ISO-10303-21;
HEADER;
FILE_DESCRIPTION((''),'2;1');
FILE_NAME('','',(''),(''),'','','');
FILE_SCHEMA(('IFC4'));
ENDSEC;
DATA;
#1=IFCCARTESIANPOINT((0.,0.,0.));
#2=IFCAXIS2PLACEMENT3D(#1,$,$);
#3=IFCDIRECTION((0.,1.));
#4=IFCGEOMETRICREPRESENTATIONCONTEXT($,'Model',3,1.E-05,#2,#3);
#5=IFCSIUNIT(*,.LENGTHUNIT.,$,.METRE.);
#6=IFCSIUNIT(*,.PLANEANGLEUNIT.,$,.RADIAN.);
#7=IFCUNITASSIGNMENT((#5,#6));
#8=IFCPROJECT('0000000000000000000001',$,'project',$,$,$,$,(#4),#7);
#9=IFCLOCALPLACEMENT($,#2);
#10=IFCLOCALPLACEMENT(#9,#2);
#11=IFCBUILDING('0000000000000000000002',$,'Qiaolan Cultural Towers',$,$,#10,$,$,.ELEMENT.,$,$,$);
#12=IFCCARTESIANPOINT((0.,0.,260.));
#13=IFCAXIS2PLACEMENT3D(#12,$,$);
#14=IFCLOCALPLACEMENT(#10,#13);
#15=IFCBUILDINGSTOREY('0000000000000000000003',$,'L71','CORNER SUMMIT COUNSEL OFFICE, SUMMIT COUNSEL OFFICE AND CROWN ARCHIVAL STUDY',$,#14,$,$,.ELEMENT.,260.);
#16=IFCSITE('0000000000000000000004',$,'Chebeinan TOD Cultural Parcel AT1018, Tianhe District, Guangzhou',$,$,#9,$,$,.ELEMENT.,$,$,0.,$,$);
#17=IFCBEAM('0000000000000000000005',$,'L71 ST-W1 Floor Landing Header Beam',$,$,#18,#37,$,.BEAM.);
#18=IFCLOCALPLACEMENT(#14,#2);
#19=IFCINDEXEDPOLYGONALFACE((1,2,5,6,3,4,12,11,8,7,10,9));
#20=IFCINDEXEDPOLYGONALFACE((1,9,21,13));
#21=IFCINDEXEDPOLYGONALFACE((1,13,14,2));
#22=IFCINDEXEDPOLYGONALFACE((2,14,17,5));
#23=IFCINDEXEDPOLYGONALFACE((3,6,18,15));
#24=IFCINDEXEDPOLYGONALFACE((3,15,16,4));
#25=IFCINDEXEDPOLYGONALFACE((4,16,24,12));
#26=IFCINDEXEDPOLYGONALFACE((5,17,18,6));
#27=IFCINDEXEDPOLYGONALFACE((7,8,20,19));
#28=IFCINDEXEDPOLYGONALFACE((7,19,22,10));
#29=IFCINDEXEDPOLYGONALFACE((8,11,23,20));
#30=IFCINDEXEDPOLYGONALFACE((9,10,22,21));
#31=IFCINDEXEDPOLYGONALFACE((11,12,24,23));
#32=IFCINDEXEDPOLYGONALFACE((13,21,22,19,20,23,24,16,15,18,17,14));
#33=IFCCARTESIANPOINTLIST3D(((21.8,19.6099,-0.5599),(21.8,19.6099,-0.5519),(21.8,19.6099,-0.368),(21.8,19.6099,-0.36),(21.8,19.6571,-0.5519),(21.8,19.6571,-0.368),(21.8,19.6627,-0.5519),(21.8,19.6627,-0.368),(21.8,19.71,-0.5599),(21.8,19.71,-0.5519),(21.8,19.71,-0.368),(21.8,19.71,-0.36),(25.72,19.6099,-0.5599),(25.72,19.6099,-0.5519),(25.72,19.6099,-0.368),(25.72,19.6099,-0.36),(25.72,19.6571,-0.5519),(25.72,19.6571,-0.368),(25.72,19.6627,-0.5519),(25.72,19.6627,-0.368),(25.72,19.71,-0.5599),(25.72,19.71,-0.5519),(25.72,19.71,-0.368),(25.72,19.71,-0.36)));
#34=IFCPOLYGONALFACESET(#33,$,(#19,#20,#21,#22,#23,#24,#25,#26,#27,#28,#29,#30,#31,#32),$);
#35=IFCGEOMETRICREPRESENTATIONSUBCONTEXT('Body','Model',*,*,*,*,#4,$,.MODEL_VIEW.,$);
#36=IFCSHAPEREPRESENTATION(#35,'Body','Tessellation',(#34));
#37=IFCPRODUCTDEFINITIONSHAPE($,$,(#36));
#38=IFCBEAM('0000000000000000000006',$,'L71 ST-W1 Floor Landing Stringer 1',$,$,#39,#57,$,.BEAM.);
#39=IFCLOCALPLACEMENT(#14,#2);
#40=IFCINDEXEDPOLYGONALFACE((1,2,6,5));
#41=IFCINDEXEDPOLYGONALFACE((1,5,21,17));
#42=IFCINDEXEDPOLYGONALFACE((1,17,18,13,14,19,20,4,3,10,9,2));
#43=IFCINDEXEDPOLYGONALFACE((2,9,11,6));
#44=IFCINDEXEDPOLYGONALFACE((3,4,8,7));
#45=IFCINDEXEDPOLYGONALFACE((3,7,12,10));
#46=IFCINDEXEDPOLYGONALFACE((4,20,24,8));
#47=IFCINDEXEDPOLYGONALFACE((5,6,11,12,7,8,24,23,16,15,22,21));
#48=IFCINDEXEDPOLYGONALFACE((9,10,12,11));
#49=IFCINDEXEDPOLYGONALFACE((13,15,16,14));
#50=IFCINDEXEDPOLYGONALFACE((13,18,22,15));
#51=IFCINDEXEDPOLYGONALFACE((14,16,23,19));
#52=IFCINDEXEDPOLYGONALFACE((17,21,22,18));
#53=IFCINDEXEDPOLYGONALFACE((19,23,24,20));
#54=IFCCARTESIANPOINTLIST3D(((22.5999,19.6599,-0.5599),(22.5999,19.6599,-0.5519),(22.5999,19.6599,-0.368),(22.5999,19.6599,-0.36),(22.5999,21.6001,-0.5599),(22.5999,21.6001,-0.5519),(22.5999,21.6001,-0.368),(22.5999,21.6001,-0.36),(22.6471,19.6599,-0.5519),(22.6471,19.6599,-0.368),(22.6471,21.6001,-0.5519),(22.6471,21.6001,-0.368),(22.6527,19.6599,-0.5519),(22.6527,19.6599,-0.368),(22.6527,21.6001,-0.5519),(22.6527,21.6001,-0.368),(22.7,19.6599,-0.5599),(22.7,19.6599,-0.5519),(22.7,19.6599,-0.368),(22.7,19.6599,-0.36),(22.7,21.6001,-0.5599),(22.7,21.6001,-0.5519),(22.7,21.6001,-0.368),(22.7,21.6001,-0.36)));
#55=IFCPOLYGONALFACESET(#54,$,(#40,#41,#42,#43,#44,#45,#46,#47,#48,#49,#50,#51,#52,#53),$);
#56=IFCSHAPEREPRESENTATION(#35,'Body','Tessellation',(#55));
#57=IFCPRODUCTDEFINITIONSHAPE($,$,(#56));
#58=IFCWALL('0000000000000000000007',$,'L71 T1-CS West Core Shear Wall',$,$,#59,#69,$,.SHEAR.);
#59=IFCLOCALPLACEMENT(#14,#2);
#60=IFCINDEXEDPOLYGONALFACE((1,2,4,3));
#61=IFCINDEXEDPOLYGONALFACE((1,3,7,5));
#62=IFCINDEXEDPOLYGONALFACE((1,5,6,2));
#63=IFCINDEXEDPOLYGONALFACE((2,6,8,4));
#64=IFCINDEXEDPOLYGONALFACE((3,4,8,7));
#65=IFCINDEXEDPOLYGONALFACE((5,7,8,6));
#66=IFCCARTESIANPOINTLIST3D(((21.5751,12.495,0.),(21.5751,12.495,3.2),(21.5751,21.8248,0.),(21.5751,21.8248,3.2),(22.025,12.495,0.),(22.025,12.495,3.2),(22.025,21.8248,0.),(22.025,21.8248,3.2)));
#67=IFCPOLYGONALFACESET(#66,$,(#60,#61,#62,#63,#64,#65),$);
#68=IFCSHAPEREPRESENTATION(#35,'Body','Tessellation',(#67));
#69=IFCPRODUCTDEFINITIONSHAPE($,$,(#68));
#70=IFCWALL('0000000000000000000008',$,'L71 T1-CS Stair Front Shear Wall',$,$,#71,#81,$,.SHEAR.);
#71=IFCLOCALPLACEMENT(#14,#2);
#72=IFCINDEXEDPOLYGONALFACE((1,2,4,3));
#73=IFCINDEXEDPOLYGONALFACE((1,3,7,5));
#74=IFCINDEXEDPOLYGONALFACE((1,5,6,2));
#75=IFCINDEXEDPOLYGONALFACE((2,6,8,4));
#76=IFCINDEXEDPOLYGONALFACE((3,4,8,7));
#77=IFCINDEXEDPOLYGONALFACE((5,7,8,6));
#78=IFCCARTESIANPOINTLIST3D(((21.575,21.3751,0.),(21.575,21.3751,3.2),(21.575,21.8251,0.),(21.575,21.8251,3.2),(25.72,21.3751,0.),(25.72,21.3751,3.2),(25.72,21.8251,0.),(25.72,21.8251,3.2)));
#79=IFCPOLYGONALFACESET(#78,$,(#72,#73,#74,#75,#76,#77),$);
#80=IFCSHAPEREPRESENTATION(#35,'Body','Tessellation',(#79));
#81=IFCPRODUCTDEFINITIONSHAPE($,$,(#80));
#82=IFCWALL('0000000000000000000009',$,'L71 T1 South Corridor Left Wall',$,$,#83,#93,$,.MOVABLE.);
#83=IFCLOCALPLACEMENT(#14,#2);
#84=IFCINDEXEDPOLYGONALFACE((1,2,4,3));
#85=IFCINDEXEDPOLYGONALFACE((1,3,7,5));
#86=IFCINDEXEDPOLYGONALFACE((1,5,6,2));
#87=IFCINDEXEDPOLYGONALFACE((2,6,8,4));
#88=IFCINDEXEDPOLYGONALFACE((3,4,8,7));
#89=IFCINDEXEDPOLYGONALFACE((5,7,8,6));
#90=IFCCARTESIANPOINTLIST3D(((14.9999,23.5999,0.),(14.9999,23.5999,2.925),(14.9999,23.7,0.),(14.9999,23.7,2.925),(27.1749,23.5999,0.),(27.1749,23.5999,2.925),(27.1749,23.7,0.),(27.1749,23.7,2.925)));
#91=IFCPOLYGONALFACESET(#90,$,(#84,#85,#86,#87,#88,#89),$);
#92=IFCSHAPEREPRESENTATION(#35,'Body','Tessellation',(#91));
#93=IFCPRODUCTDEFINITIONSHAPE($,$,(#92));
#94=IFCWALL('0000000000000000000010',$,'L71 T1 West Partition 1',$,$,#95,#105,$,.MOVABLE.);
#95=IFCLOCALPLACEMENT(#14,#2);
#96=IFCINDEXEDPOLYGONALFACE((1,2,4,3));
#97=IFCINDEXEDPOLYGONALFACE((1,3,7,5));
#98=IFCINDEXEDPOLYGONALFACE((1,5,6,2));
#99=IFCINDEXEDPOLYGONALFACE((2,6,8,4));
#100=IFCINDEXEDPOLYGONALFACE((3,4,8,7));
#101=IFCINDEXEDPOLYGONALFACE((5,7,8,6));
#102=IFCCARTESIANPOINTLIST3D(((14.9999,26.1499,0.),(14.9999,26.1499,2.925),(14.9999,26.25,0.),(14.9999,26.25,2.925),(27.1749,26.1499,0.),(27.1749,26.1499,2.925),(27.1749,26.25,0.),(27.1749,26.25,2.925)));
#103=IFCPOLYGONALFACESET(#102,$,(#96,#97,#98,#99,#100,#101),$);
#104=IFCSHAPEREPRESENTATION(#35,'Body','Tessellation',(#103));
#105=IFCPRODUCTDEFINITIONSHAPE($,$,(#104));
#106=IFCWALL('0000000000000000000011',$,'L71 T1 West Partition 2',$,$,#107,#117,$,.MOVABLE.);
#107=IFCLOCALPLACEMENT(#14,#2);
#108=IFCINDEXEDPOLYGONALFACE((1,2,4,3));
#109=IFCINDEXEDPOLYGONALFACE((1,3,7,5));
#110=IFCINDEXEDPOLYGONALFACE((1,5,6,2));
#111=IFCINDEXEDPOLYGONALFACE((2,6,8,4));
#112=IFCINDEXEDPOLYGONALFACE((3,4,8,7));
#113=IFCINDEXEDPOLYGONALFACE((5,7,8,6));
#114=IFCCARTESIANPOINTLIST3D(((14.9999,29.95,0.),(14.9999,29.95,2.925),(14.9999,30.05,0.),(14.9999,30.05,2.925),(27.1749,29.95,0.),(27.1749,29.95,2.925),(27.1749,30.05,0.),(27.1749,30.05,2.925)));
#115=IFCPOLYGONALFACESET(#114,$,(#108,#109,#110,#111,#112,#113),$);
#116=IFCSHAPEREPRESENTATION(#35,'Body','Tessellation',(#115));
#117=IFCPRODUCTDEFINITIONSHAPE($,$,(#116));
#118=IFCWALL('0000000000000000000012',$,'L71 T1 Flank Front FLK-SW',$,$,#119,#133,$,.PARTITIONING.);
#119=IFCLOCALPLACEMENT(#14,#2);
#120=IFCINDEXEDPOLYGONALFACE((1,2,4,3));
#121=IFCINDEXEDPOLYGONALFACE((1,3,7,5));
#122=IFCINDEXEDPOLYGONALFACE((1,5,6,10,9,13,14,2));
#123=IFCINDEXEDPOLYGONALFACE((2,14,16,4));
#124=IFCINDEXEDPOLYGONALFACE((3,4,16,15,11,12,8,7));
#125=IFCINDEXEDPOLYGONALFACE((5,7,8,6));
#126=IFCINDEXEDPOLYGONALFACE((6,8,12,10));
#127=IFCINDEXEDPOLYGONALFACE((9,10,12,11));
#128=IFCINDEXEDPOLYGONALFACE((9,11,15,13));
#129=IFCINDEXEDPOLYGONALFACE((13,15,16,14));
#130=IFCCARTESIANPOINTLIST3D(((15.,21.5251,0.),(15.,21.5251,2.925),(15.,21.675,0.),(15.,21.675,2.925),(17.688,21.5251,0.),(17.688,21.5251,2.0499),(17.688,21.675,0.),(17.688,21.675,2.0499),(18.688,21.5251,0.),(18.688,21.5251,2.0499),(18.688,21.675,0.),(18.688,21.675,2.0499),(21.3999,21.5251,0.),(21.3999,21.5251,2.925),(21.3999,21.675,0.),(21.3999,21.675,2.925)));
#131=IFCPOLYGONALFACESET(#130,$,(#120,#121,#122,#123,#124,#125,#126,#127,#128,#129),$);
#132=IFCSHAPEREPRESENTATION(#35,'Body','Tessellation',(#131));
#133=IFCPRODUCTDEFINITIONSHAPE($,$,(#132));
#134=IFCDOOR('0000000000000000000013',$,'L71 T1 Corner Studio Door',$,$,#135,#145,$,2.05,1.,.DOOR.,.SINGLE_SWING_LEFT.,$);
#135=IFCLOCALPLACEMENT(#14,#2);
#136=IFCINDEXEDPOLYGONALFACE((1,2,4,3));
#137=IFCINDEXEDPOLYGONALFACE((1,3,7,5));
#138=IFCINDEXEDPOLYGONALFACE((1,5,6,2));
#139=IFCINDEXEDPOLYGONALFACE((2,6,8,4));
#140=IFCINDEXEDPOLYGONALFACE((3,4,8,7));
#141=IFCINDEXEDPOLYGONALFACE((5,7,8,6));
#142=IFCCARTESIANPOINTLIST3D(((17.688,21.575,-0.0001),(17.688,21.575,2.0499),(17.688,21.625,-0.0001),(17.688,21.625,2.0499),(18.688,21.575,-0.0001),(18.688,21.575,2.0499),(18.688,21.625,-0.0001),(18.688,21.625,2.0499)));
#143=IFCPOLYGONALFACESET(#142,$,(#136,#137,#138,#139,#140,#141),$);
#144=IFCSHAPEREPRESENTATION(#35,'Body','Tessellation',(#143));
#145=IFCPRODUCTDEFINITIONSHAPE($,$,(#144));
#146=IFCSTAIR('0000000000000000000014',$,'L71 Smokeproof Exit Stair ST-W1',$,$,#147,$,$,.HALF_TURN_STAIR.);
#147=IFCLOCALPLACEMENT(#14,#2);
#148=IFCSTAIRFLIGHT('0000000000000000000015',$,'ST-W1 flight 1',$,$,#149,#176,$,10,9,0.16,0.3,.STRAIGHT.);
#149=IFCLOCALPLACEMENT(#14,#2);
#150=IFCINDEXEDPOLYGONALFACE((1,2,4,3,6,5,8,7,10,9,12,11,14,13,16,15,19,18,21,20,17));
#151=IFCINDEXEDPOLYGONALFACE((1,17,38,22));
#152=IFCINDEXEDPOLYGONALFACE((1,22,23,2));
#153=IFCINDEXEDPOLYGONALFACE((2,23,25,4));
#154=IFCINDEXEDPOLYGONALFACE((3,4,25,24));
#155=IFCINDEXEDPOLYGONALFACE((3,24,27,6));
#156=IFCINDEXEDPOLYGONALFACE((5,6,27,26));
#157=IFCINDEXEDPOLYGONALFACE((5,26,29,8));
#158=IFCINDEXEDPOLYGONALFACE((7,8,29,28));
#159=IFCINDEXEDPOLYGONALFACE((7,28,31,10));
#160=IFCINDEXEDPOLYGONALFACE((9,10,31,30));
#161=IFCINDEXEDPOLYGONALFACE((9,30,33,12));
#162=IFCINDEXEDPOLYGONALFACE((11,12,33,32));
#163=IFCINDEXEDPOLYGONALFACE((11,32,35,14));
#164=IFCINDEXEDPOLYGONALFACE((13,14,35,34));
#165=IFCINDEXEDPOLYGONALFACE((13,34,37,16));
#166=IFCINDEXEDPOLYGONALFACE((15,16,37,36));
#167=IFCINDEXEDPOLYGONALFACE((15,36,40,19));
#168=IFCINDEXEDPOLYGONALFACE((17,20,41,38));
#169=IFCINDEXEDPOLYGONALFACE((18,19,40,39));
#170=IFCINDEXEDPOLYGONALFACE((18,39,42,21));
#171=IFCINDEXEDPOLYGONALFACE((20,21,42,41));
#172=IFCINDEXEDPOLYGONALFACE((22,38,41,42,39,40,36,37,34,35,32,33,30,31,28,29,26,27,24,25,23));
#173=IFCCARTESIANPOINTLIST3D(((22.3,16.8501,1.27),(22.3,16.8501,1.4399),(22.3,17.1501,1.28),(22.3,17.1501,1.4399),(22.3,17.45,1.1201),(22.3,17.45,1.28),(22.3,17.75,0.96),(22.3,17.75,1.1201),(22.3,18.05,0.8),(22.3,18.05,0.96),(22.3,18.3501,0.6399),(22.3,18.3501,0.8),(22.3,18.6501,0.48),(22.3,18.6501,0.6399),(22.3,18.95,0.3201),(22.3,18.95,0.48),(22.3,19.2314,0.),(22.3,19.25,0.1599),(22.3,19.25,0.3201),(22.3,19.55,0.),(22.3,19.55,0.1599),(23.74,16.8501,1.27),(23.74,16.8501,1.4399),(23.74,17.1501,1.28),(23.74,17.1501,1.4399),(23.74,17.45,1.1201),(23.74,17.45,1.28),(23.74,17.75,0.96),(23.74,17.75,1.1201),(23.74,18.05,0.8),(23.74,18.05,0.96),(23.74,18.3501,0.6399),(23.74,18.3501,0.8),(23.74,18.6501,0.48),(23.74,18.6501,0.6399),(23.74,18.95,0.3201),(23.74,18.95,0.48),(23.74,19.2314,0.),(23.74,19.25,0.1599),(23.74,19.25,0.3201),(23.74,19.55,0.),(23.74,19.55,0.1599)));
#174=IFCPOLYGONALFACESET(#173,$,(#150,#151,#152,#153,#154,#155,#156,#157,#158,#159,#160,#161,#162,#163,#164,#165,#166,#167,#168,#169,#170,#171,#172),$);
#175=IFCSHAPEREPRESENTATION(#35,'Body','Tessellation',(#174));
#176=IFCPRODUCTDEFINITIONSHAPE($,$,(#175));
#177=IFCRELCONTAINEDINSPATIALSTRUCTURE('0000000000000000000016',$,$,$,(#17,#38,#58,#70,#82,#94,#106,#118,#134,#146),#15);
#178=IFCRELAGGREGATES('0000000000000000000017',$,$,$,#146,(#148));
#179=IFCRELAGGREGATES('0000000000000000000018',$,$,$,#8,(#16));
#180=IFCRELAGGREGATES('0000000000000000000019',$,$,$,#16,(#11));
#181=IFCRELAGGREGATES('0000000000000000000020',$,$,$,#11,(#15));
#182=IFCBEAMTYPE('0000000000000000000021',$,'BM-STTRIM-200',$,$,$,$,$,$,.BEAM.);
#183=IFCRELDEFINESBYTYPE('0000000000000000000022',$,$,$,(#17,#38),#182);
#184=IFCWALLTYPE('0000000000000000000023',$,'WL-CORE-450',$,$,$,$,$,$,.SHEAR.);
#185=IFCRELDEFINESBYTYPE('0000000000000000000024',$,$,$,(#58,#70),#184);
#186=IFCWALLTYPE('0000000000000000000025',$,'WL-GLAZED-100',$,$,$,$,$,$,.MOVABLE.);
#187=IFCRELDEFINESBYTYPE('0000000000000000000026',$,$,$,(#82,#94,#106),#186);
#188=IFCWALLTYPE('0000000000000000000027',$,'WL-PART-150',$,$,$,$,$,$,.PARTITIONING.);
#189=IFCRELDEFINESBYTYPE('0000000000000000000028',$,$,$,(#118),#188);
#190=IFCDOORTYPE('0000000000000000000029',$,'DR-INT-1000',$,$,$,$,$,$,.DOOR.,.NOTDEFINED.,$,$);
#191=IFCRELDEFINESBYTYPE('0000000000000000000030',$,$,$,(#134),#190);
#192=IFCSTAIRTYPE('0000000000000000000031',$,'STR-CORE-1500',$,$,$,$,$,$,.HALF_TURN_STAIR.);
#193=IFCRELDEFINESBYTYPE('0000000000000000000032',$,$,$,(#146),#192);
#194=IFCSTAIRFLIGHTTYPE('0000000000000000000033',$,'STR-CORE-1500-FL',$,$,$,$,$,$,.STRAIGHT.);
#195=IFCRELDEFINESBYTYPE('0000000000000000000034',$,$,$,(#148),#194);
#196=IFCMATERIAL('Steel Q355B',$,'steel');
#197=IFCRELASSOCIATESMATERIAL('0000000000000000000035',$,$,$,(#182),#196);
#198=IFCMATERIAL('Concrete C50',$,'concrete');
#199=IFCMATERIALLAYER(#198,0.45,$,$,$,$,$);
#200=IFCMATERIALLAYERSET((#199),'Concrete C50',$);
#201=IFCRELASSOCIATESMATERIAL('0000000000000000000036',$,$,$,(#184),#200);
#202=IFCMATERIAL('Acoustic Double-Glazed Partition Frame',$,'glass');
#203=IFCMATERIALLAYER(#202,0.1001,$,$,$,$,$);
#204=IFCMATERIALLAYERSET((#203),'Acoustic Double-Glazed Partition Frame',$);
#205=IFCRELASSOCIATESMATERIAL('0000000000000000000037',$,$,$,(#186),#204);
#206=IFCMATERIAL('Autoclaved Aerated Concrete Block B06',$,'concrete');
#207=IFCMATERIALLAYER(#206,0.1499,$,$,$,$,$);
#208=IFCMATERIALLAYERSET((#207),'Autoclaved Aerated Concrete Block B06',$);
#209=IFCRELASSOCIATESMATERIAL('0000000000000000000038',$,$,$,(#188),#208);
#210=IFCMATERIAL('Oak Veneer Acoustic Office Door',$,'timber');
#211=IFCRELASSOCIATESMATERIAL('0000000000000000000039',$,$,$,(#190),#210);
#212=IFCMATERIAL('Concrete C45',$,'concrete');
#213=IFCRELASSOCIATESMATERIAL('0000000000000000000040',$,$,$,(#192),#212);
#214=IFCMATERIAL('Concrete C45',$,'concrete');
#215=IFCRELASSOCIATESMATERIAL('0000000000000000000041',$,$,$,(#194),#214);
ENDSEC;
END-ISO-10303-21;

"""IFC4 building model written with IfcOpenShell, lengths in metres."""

from ifc_helpers import new_model, si_unit, direction, frame, frame_2d, origin, origin_2d, place, context, subcontext, project, spatial, polyline, rectangle, i_section, outline, extrude, material, layer, layer_set, material_profile, profile_set, type_object, element, fill, aggregate, save


model = new_model("IFC4")

# Units and contexts
model_context = context("Model", 3, precision=1e-05, world=origin(), true_north=direction((0.0, 1.0)))
body_context = subcontext(model_context, "Body", "Model", "MODEL_VIEW")
ifc_project = project(units=[si_unit("LENGTHUNIT", "METRE"), si_unit("PLANEANGLEUNIT", "RADIAN")], contexts=[model_context])

# Site, building, storey
site_placement = place(None, origin())
site = spatial("IfcSite", under=ifc_project, at=site_placement, Name="Chebeinan TOD Cultural Parcel AT1018, Tianhe District, Guangzhou", CompositionType="ELEMENT", RefElevation=0.0)
building_placement = place(site_placement, origin())
building = spatial("IfcBuilding", under=site, at=building_placement, Name="Qiaolan Cultural Towers", CompositionType="ELEMENT")
storey_placement = place(building_placement, frame((0.0, 0.0, 260.0)))
storey = spatial("IfcBuildingStorey", under=building, at=storey_placement, Name="L71", Description="CORNER SUMMIT COUNSEL OFFICE, SUMMIT COUNSEL OFFICE AND CROWN ARCHIVAL STUDY", CompositionType="ELEMENT", Elevation=260.0)

# Beams
ifc_material_1 = material(Name="Steel Q355B", Category="steel")
ifc_material_profile_1 = material_profile(ifc_material_1, i_section(OverallWidth=0.1001, OverallDepth=0.2, WebThickness=0.0056, FlangeThickness=0.0081, at=origin_2d()), Name="HN200x100x5.5x8")
ifc_profile_set_1 = profile_set([ifc_material_profile_1], Name="Steel Q355B")
beam_type_1 = type_object("IfcBeamType", Name="BM-STTRIM-200", PredefinedType="BEAM", material=ifc_profile_set_1)
beam_1_placement = place(storey_placement, frame((21.8, 19.6599, -0.46), z_axis=(1.0, 0.0, 0.0), x_axis=(0.0, 1.0, 0.0)))
element("IfcBeam", 1, at=beam_1_placement, inside=storey, type_object=beam_type_1, Name="L71 ST-W1 Floor Landing Header Beam", PredefinedType="BEAM", context=body_context, shape_type="SweptSolid", body=[
    extrude(i_section(OverallWidth=0.1001, OverallDepth=0.2, WebThickness=0.0056, FlangeThickness=0.0081, at=origin_2d()), origin(), (0.0, 0.0, 1.0), 3.9199),
])
beam_2_placement = place(storey_placement, frame((22.6499, 21.6001, -0.46), z_axis=(0.0, -1.0, 0.0), x_axis=(1.0, 0.0, 0.0)))
element("IfcBeam", 2, at=beam_2_placement, inside=storey, type_object=beam_type_1, Name="L71 ST-W1 Floor Landing Stringer 1", PredefinedType="BEAM", context=body_context, shape_type="SweptSolid", body=[
    extrude(i_section(OverallWidth=0.1001, OverallDepth=0.2, WebThickness=0.0056, FlangeThickness=0.0081, at=origin_2d()), origin(), (0.0, 0.0, 1.0), 1.9402),
])

# Walls
ifc_material_2 = material(Name="Concrete C50", Category="concrete")
ifc_layer_1 = layer(ifc_material_2, 0.45)
ifc_layer_set_1 = layer_set([ifc_layer_1], Name="Concrete C50")
wall_type_1 = type_object("IfcWallType", Name="WL-CORE-450", PredefinedType="SHEAR", material=ifc_layer_set_1)
wall_1_placement = place(storey_placement, frame((21.8, 21.825, 0.0), z_axis=(0.0, 0.0, 1.0), x_axis=(0.0, -1.0, 0.0)))
element("IfcWall", 3, at=wall_1_placement, inside=storey, type_object=wall_type_1, Name="L71 T1-CS West Core Shear Wall", PredefinedType="SHEAR", context=body_context, shape_type="SweptSolid", body=[
    extrude(rectangle(XDim=9.3298, YDim=0.45, at=frame_2d((4.665, 0.0))), origin(), (0.0, 0.0, 1.0), 3.2),
])
wall_2_placement = place(storey_placement, frame((21.575, 21.6001, 0.0), z_axis=(0.0, 0.0, 1.0), x_axis=(1.0, 0.0, 0.0)))
element("IfcWall", 4, at=wall_2_placement, inside=storey, type_object=wall_type_1, Name="L71 T1-CS Stair Front Shear Wall", PredefinedType="SHEAR", context=body_context, shape_type="SweptSolid", body=[
    extrude(rectangle(XDim=4.145, YDim=0.45, at=frame_2d((2.0725, 0.0))), origin(), (0.0, 0.0, 1.0), 3.2),
])
ifc_material_3 = material(Name="Acoustic Double-Glazed Partition Frame", Category="glass")
ifc_layer_2 = layer(ifc_material_3, 0.1001)
ifc_layer_set_2 = layer_set([ifc_layer_2], Name="Acoustic Double-Glazed Partition Frame")
wall_type_2 = type_object("IfcWallType", Name="WL-GLAZED-100", PredefinedType="MOVABLE", material=ifc_layer_set_2)
for number, where, z_axis, x_axis, name in (
    (5, (15.0, 23.6499, 0.0), (0.0, 0.0, 1.0), (1.0, 0.0, 0.0), "L71 T1 South Corridor Left Wall"),
    (6, (15.0, 26.2, 0.0), (0.0, 0.0, 1.0), (1.0, 0.0, 0.0), "L71 T1 West Partition 1"),
    (7, (15.0, 30.0, 0.0), (0.0, 0.0, 1.0), (1.0, 0.0, 0.0), "L71 T1 West Partition 2"),
):
    element("IfcWall", number, at=place(storey_placement, frame(where, z_axis=z_axis, x_axis=x_axis)), inside=storey, type_object=wall_type_2, Name=name, PredefinedType="MOVABLE", context=body_context, shape_type="SweptSolid", body=[
        extrude(rectangle(XDim=12.175, YDim=0.1001, at=frame_2d((6.0874, 0.0))), origin(), (0.0, 0.0, 1.0), 2.925),
    ])

# Wall, opening, door
ifc_material_4 = material(Name="Autoclaved Aerated Concrete Block B06", Category="concrete")
ifc_layer_3 = layer(ifc_material_4, 0.1499)
ifc_layer_set_3 = layer_set([ifc_layer_3], Name="Autoclaved Aerated Concrete Block B06")
wall_type_3 = type_object("IfcWallType", Name="WL-PART-150", PredefinedType="PARTITIONING", material=ifc_layer_set_3)
wall_3_placement = place(storey_placement, frame((15.0, 21.6001, 0.0), z_axis=(0.0, 0.0, 1.0), x_axis=(1.0, 0.0, 0.0)))
wall_3 = element("IfcWall", 8, at=wall_3_placement, inside=storey, type_object=wall_type_3, Name="L71 T1 Flank Front FLK-SW", PredefinedType="PARTITIONING", context=body_context, shape_type="SweptSolid", body=[
    extrude(rectangle(XDim=6.3999, YDim=0.1499, at=frame_2d((3.2, 0.0))), origin(), (0.0, 0.0, 1.0), 2.925),
])
opening_placement = place(wall_3_placement, frame((2.688, 0.0, 0.0)))
opening = element("IfcOpeningElement", 9, at=opening_placement, cuts=wall_3, PredefinedType="OPENING", context=body_context, shape_type="SweptSolid", body=[
    extrude(rectangle(XDim=1.0, YDim=2.05, at=frame_2d((0.5, 1.0249))), frame((0.0, 0.085, 0.0), z_axis=(0.0, -1.0, 0.0), x_axis=(1.0, 0.0, 0.0)), (0.0, 0.0, 1.0), 0.1699),
])
ifc_material_5 = material(Name="Oak Veneer Acoustic Office Door", Category="timber")
door_type = type_object("IfcDoorType", Name="DR-INT-1000", OperationType="NOTDEFINED", PredefinedType="DOOR", material=ifc_material_5)
door_placement = place(opening_placement, origin())
door = element("IfcDoor", 10, at=door_placement, inside=storey, type_object=door_type, Name="L71 T1 Corner Studio Door", OperationType="SINGLE_SWING_LEFT", OverallHeight=2.05, OverallWidth=1.0, PredefinedType="DOOR", context=body_context, shape_type="SweptSolid", body=[
    extrude(rectangle(XDim=1.0, YDim=2.05, at=frame_2d((0.5, 1.0249))), frame((0.0, 0.0249, 0.0), z_axis=(0.0, -1.0, 0.0), x_axis=(1.0, 0.0, 0.0)), (0.0, 0.0, 1.0), 0.05),
])
fill(opening, door)

# Stair, stair flight
ifc_material_6 = material(Name="Concrete C45", Category="concrete")
stair_type = type_object("IfcStairType", Name="STR-CORE-1500", PredefinedType="HALF_TURN_STAIR", material=ifc_material_6)
stair_placement = place(storey_placement, origin())
stair = element("IfcStair", 11, at=stair_placement, inside=storey, type_object=stair_type, Name="L71 Smokeproof Exit Stair ST-W1", PredefinedType="HALF_TURN_STAIR")
ifc_material_7 = material(Name="Concrete C45", Category="concrete")
stair_flight_type = type_object("IfcStairFlightType", Name="STR-CORE-1500-FL", PredefinedType="STRAIGHT", material=ifc_material_7)
stair_flight_placement = place(storey_placement, frame((23.02, 19.55, 0.0), z_axis=(0.0, 0.0, 1.0), x_axis=(0.0, -1.0, 0.0)))
stair_flight = element("IfcStairFlight", 12, at=stair_flight_placement, type_object=stair_flight_type, Name="ST-W1 flight 1", NumberOfRisers=10, NumberOfTreads=9, PredefinedType="STRAIGHT", RiserHeight=0.16, TreadLength=0.3, context=body_context, shape_type="SweptSolid", body=[
    extrude(outline(polyline([(0.0, 0.0), (0.0, 0.1599), (0.3, 0.1599), (0.3, 0.3201), (0.6001, 0.3201), (0.6001, 0.48), (0.8999, 0.48), (0.8999, 0.6399), (1.2, 0.6399), (1.2, 0.8), (1.5, 0.8), (1.5, 0.96), (1.8, 0.96), (1.8, 1.1201), (2.1001, 1.1201), (2.1001, 1.28), (2.3999, 1.28), (2.3999, 1.4399), (2.7, 1.4399), (2.7, 1.6001), (2.7, 1.27), (0.3186, 0.0), (0.0, 0.0)])), frame((0.0, 0.72, 0.0), z_axis=(0.0, -1.0, 0.0), x_axis=(1.0, 0.0, 0.0)), (0.0, 0.0, 1.0), 1.4399),
])
aggregate(stair, [stair_flight])

save(model, "model.ifc")
